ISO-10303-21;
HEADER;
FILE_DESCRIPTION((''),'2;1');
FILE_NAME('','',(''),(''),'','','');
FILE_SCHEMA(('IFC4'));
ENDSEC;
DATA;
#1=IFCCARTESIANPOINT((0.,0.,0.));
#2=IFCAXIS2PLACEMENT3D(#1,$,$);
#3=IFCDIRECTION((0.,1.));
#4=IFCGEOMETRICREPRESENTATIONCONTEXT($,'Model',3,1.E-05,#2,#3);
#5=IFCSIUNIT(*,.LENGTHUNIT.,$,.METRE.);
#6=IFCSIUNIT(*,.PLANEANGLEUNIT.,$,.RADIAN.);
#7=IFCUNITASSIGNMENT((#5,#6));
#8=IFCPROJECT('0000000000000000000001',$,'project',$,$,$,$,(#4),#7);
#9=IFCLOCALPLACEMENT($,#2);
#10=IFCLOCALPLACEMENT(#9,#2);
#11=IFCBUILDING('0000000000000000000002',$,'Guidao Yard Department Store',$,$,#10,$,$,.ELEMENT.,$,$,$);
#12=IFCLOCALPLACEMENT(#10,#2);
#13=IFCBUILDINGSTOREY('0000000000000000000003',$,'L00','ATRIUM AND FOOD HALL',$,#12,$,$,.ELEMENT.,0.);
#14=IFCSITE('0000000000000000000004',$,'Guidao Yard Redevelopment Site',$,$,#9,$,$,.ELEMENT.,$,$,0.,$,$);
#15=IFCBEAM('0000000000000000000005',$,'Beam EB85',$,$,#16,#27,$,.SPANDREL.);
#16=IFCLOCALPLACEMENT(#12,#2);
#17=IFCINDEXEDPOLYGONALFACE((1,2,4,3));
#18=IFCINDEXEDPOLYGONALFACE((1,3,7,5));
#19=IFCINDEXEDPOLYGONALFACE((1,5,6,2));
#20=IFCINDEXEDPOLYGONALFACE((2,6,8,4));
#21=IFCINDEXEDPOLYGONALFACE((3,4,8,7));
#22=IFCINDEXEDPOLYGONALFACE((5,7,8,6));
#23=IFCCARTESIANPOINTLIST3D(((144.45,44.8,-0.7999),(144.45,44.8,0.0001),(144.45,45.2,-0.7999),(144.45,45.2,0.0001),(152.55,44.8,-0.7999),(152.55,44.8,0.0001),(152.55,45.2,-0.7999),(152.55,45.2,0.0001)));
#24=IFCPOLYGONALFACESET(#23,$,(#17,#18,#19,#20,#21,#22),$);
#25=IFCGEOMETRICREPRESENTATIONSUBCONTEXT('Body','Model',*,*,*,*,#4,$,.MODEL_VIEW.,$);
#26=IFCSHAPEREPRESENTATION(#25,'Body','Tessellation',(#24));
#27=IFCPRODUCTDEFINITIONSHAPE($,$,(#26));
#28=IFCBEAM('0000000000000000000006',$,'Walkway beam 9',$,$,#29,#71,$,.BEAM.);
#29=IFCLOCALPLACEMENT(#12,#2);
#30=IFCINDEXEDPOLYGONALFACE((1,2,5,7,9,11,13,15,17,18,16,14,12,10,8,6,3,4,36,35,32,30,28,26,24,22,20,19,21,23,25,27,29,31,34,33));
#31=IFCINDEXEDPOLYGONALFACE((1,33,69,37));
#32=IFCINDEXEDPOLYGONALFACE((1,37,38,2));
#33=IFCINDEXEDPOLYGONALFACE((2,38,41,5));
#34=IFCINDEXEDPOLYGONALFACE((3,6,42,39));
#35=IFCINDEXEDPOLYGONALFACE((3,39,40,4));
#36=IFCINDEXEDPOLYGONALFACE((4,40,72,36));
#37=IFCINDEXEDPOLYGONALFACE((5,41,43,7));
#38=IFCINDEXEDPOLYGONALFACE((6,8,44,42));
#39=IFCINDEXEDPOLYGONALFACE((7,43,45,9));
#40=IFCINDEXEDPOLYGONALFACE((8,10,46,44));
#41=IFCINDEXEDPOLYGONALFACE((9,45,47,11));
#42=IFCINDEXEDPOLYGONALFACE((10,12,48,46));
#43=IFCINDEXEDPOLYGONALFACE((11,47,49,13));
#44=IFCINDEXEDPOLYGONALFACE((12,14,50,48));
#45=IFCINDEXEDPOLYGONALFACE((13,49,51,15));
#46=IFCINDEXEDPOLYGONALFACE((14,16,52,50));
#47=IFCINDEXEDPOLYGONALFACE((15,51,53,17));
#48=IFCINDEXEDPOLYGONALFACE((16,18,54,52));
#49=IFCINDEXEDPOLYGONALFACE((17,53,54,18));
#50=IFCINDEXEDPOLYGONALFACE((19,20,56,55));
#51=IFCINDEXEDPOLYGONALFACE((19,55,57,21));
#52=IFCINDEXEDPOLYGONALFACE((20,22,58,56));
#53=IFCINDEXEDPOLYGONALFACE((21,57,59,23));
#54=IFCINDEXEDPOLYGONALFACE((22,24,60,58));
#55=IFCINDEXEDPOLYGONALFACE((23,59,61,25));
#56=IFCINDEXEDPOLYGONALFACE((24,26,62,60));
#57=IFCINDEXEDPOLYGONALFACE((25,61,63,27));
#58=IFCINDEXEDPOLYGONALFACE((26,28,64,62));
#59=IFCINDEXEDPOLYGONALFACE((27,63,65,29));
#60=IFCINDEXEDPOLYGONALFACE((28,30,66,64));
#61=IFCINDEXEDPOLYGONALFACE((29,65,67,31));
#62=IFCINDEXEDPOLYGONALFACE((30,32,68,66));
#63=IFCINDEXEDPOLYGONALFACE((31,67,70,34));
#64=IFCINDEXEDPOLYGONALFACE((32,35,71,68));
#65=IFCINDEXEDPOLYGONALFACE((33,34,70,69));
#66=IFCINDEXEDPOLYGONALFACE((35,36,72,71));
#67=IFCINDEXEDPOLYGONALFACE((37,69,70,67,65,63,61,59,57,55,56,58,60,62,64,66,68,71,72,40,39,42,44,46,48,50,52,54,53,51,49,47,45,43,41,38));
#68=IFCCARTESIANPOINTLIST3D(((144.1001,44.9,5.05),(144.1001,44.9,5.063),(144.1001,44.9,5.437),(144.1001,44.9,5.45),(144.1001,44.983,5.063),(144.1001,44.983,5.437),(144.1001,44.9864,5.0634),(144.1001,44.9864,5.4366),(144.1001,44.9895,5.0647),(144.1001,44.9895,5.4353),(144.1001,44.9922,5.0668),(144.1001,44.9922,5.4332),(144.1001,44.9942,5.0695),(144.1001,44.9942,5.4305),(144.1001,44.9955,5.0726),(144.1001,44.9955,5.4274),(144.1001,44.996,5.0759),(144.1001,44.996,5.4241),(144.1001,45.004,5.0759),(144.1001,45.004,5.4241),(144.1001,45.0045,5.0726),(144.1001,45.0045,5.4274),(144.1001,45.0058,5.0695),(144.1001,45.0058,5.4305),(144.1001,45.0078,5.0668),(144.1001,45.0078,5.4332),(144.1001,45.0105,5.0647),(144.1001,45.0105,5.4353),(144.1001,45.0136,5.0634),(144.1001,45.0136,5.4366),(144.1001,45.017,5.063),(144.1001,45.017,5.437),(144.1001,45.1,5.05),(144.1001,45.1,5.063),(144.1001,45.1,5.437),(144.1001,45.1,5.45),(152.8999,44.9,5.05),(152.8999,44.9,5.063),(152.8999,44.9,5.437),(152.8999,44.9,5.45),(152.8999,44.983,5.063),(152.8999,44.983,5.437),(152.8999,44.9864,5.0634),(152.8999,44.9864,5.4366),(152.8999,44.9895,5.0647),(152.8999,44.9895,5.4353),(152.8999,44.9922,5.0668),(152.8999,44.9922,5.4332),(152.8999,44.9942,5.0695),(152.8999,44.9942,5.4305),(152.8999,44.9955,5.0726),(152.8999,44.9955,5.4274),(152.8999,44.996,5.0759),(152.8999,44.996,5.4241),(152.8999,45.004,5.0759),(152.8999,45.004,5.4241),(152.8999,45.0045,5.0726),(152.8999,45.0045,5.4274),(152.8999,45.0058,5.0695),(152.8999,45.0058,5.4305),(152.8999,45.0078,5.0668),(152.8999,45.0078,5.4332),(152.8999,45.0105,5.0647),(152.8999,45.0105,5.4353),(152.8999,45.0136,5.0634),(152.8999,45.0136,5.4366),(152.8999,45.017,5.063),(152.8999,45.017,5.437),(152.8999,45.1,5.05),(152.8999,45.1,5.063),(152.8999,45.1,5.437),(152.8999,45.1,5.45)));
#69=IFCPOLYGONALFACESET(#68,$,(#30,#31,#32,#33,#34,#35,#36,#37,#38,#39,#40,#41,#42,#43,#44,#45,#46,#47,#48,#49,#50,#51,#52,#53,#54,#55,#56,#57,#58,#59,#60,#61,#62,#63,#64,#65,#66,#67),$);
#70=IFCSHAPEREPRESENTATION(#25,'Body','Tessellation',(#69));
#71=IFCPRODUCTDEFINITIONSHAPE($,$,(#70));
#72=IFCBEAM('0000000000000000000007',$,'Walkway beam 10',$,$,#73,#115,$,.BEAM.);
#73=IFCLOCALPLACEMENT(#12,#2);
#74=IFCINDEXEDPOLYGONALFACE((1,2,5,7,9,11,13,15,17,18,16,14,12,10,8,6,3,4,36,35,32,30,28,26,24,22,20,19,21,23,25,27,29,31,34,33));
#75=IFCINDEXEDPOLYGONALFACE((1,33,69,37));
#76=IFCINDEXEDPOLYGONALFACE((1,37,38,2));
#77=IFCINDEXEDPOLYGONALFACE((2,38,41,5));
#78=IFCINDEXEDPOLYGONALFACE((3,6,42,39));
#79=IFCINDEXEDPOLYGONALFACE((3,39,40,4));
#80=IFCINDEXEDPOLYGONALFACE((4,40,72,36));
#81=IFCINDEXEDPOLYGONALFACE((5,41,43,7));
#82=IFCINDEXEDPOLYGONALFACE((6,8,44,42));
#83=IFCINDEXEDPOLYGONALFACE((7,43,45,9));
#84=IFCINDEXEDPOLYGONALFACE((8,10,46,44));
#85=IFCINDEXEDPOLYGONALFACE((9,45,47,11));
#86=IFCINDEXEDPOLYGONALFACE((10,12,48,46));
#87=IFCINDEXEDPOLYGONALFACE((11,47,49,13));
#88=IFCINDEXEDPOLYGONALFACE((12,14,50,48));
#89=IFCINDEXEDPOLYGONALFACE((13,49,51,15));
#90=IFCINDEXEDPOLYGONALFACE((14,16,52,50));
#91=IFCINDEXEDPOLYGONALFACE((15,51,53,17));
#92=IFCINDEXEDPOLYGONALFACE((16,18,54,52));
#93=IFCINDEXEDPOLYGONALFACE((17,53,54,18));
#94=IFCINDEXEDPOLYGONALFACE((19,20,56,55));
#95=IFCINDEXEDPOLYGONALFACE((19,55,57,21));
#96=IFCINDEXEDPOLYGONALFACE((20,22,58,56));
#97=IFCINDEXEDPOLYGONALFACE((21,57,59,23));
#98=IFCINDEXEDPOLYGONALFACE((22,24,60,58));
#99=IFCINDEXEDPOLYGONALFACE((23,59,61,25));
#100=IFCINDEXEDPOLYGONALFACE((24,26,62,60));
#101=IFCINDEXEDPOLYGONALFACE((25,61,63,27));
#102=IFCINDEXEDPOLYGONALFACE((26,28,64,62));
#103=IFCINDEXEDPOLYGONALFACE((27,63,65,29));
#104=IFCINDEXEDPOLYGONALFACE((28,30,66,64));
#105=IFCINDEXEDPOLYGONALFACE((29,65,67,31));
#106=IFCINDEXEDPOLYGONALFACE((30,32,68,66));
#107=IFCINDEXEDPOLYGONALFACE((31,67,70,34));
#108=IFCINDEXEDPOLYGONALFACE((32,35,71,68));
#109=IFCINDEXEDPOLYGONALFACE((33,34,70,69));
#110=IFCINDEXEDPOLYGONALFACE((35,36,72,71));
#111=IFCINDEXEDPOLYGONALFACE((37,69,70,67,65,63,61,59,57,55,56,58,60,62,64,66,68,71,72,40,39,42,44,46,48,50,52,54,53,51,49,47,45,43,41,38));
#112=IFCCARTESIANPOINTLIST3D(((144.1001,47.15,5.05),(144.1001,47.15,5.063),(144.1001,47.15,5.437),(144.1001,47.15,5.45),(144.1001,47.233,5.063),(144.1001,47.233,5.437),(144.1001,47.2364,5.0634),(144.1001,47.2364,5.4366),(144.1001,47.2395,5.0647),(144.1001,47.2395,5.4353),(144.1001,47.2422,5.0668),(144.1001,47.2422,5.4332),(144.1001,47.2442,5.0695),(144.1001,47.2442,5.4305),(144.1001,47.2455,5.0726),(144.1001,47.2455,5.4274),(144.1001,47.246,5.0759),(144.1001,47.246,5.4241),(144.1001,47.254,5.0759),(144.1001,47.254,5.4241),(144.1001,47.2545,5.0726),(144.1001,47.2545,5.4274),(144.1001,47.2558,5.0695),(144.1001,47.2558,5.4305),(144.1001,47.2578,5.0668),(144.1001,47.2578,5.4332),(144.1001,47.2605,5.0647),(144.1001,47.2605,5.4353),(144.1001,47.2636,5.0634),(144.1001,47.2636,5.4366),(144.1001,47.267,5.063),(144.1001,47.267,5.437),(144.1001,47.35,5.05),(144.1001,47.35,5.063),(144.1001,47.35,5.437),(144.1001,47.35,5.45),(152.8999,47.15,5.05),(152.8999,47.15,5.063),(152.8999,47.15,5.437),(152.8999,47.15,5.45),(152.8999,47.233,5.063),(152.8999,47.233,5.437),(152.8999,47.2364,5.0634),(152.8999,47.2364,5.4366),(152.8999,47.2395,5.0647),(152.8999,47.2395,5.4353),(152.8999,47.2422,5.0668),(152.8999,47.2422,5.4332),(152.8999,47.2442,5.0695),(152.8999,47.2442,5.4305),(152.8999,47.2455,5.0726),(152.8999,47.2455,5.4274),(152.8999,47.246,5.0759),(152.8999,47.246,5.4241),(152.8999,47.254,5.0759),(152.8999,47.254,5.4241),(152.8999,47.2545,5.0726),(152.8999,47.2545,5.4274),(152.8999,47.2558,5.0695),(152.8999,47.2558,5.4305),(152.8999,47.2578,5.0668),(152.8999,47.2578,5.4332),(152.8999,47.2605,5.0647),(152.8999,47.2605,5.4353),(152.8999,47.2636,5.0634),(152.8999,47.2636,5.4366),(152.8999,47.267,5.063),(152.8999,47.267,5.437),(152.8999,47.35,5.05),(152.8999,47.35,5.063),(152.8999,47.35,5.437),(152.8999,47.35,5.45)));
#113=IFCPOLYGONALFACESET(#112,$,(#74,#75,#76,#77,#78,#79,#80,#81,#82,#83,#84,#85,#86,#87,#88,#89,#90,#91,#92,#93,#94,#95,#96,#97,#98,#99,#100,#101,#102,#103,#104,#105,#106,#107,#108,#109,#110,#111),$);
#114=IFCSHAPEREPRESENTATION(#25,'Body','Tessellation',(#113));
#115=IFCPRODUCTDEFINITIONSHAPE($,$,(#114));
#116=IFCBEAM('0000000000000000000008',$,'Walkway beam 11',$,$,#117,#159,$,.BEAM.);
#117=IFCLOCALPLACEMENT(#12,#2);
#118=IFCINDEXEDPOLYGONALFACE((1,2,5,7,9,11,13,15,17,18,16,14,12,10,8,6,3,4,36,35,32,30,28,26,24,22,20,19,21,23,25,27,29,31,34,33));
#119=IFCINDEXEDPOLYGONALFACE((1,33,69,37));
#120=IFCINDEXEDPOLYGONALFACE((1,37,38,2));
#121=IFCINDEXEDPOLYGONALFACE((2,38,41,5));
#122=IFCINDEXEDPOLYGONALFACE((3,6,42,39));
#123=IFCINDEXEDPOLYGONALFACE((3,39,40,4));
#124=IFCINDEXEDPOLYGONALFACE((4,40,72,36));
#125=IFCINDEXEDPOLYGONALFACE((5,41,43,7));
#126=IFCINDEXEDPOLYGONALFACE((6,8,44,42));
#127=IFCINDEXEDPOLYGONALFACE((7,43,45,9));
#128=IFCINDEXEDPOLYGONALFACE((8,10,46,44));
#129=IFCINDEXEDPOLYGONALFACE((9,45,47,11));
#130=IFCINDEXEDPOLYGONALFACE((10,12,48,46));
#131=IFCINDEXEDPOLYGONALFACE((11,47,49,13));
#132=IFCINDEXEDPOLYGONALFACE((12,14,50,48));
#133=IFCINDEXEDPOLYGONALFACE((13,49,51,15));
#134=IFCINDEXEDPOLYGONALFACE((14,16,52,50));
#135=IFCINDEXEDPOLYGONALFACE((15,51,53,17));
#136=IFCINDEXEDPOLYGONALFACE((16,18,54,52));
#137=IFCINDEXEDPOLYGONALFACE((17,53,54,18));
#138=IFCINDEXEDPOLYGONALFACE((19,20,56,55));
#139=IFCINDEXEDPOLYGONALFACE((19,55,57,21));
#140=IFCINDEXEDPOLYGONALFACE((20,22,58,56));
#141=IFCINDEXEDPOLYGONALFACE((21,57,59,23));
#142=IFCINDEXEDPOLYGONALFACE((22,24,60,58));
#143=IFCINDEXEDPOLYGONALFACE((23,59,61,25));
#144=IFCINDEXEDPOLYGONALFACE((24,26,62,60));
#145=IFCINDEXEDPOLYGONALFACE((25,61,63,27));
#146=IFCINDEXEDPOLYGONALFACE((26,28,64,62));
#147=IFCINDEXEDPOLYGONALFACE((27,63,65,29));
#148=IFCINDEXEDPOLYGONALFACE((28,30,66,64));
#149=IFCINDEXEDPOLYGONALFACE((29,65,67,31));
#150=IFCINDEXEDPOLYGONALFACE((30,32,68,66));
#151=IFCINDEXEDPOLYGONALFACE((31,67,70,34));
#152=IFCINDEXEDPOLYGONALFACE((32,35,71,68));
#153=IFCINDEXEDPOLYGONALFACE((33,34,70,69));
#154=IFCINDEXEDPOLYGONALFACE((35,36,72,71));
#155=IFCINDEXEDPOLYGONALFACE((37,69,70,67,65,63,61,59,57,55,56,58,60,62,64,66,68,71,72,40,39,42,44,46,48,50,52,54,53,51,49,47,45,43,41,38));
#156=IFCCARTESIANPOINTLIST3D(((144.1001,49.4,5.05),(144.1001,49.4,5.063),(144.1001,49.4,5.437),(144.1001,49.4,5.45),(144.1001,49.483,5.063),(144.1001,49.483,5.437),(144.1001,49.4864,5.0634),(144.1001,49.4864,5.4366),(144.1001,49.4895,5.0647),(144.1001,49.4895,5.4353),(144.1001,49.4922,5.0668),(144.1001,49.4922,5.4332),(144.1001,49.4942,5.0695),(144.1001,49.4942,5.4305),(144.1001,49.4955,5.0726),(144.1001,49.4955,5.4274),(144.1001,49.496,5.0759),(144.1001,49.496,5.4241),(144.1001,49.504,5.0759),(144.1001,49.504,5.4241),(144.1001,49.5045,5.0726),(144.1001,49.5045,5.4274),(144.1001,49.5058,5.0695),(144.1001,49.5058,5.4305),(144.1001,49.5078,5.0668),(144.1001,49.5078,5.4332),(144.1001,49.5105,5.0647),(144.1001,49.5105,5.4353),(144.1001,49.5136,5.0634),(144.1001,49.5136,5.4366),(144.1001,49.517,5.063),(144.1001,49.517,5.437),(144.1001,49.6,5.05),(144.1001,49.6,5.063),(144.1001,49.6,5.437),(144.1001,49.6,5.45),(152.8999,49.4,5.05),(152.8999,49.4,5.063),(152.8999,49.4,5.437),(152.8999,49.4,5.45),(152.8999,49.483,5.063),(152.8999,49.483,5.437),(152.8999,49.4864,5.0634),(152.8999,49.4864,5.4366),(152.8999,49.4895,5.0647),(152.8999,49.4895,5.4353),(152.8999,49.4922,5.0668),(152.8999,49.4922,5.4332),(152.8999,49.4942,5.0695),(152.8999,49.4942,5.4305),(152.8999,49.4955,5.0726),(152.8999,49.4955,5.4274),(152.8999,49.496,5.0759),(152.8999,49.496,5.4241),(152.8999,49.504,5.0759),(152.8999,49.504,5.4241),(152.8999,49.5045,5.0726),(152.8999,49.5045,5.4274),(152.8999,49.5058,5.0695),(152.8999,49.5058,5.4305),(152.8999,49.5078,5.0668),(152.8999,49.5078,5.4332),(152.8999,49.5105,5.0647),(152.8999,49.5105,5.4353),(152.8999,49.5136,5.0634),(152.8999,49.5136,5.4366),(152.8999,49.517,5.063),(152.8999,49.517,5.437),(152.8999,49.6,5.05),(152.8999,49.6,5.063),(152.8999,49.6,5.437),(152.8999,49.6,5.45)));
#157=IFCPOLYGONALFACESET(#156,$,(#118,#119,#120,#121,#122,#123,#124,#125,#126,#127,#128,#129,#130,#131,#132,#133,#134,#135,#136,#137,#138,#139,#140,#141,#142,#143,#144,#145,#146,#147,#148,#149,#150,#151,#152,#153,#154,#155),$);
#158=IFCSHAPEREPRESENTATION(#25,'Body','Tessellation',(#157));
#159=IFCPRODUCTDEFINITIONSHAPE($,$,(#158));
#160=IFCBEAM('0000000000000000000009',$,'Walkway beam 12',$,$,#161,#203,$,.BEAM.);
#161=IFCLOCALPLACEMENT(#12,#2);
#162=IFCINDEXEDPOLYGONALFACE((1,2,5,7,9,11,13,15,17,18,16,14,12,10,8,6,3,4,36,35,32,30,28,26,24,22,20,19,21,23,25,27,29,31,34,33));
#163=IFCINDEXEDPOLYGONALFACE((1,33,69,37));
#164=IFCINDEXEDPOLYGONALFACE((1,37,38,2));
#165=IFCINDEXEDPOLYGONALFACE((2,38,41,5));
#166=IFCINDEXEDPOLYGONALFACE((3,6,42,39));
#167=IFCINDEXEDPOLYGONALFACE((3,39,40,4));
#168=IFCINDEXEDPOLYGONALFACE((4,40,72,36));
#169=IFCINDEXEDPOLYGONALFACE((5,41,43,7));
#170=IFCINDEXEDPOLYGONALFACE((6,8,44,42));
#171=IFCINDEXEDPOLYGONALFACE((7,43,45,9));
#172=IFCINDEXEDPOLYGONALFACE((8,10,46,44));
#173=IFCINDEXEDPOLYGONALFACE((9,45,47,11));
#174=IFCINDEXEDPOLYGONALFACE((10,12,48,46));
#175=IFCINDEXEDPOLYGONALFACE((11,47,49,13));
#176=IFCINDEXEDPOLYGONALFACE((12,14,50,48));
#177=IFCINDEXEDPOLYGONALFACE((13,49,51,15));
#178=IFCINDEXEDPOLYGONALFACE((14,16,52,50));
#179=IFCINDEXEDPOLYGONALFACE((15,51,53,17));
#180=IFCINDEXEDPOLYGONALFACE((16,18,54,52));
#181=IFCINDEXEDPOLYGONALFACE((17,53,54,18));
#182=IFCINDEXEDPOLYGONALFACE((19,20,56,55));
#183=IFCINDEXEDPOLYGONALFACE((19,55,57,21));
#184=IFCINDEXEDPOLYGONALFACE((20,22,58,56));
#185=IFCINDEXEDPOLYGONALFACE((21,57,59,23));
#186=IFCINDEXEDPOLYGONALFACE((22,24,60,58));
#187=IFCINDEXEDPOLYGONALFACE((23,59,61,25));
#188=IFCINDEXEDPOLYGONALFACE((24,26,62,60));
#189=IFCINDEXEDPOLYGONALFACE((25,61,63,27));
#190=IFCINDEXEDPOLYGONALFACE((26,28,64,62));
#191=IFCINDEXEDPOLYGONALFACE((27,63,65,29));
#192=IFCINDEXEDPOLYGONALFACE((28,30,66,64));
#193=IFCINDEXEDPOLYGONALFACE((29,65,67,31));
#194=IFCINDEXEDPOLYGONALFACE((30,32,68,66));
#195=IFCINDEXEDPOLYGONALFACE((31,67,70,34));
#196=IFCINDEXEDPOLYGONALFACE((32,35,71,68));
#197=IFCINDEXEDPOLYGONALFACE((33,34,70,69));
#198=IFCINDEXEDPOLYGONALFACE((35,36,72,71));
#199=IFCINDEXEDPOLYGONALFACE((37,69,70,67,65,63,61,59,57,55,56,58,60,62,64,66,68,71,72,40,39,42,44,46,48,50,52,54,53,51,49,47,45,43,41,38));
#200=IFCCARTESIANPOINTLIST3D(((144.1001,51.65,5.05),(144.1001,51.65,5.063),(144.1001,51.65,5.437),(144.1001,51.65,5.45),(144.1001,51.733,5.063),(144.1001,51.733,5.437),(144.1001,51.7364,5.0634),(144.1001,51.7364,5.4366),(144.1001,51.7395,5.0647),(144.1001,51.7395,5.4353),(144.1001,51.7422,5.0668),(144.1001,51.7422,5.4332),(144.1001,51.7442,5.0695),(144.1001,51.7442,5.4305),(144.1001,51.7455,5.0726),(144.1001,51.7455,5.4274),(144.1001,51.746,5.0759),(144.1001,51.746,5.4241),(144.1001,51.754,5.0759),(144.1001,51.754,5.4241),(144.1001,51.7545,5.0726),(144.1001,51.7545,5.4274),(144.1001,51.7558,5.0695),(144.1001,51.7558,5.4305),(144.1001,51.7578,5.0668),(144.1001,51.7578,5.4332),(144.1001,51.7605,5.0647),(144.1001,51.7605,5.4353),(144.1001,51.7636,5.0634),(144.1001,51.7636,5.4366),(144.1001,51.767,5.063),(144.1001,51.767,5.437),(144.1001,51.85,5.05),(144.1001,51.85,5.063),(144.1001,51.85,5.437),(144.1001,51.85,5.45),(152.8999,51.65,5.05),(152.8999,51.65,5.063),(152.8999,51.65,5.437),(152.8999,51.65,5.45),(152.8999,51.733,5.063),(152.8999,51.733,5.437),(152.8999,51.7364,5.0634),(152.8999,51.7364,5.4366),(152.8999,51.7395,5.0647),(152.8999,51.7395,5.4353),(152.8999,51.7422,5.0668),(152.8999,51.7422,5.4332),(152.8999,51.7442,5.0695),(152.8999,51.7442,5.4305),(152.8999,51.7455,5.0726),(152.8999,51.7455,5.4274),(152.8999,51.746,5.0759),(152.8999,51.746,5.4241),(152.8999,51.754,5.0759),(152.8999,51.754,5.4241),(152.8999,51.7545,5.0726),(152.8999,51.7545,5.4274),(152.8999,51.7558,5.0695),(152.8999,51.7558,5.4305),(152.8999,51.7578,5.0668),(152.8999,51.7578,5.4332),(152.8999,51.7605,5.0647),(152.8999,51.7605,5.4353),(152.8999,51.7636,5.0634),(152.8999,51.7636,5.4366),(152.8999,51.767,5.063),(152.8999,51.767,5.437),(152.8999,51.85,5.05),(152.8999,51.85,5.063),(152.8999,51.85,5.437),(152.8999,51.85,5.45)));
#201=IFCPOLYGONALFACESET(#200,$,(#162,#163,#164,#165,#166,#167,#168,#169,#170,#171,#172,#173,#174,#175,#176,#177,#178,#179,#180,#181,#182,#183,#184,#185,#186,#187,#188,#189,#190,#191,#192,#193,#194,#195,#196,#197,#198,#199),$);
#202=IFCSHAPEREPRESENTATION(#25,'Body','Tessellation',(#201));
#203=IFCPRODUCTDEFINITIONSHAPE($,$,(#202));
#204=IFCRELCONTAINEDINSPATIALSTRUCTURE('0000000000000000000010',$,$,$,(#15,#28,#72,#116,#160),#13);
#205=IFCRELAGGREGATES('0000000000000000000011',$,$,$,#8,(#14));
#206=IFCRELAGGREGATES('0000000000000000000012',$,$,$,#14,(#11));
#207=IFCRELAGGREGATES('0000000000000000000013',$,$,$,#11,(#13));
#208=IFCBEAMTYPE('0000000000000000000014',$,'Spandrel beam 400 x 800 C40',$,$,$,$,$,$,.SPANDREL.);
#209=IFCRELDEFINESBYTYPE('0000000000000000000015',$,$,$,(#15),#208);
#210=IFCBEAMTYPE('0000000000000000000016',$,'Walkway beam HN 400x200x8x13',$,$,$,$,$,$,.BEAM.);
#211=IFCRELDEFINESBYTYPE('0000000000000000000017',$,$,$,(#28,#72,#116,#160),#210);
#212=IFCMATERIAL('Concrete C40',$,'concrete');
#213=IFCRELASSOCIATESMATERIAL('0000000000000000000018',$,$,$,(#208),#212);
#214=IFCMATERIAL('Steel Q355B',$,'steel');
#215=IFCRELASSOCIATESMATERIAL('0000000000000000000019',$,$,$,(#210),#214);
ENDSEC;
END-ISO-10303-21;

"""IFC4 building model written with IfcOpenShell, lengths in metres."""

from ifc_helpers import new_model, si_unit, direction, frame, origin, origin_2d, place, context, subcontext, project, spatial, rectangle, i_section, extrude, material, material_profile, profile_set, type_object, element, save


model = new_model("IFC4")

# Units and contexts
model_context = context("Model", 3, precision=1e-05, world=origin(), true_north=direction((0.0, 1.0)))
body_context = subcontext(model_context, "Body", "Model", "MODEL_VIEW")
ifc_project = project(units=[si_unit("LENGTHUNIT", "METRE"), si_unit("PLANEANGLEUNIT", "RADIAN")], contexts=[model_context])

# Site, building, storey
site_placement = place(None, origin())
site = spatial("IfcSite", under=ifc_project, at=site_placement, Name="Guidao Yard Redevelopment Site", CompositionType="ELEMENT", RefElevation=0.0)
building_placement = place(site_placement, origin())
building = spatial("IfcBuilding", under=site, at=building_placement, Name="Guidao Yard Department Store", CompositionType="ELEMENT")
storey_placement = place(building_placement, origin())
storey = spatial("IfcBuildingStorey", under=building, at=storey_placement, Name="L00", Description="ATRIUM AND FOOD HALL", CompositionType="ELEMENT", Elevation=0.0)

# Beams
ifc_material_1 = material(Name="Concrete C40", Category="concrete")
ifc_material_profile_1 = material_profile(ifc_material_1, rectangle(XDim=0.3999, YDim=0.8, at=origin_2d()), Name="Spandrel beam 400 x 800 C40")
ifc_profile_set_1 = profile_set([ifc_material_profile_1], Name="Concrete C40")
beam_type_1 = type_object("IfcBeamType", Name="Spandrel beam 400 x 800 C40", PredefinedType="SPANDREL", material=ifc_profile_set_1)
beam_placement = place(storey_placement, frame((144.45, 45.0, -0.3999), z_axis=(1.0, 0.0, 0.0), x_axis=(0.0, 1.0, 0.0)))
element("IfcBeam", 1, at=beam_placement, inside=storey, type_object=beam_type_1, Name="Beam EB85", PredefinedType="SPANDREL", context=body_context, shape_type="SweptSolid", body=[
    extrude(rectangle(XDim=0.3999, YDim=0.8, at=origin_2d()), origin(), (0.0, 0.0, 1.0), 8.1001),
])
ifc_material_2 = material(Name="Steel Q355B", Category="steel")
ifc_material_profile_2 = material_profile(ifc_material_2, i_section(OverallWidth=0.2, OverallDepth=0.3999, WebThickness=0.0081, FlangeThickness=0.0129, FilletRadius=0.0129, at=origin_2d()), Name="HN 400x200x8x13")
ifc_profile_set_2 = profile_set([ifc_material_profile_2], Name="Steel Q355B")
beam_type_2 = type_object("IfcBeamType", Name="Walkway beam HN 400x200x8x13", PredefinedType="BEAM", material=ifc_profile_set_2)
for number, where, z_axis, x_axis, name in (
    (2, (144.1001, 45.0, 5.25), (1.0, 0.0, 0.0), (0.0, 1.0, 0.0), "Walkway beam 9"),
    (3, (144.1001, 47.25, 5.25), (1.0, 0.0, 0.0), (0.0, 1.0, 0.0), "Walkway beam 10"),
    (4, (144.1001, 49.5, 5.25), (1.0, 0.0, 0.0), (0.0, 1.0, 0.0), "Walkway beam 11"),
    (5, (144.1001, 51.75, 5.25), (1.0, 0.0, 0.0), (0.0, 1.0, 0.0), "Walkway beam 12"),
):
    element("IfcBeam", number, at=place(storey_placement, frame(where, z_axis=z_axis, x_axis=x_axis)), inside=storey, type_object=beam_type_2, Name=name, PredefinedType="BEAM", context=body_context, shape_type="SweptSolid", body=[
        extrude(i_section(OverallWidth=0.2, OverallDepth=0.3999, WebThickness=0.0081, FlangeThickness=0.0129, FilletRadius=0.0129, at=origin_2d()), origin(), (0.0, 0.0, 1.0), 8.7998),
    ])

save(model, "model.ifc")
